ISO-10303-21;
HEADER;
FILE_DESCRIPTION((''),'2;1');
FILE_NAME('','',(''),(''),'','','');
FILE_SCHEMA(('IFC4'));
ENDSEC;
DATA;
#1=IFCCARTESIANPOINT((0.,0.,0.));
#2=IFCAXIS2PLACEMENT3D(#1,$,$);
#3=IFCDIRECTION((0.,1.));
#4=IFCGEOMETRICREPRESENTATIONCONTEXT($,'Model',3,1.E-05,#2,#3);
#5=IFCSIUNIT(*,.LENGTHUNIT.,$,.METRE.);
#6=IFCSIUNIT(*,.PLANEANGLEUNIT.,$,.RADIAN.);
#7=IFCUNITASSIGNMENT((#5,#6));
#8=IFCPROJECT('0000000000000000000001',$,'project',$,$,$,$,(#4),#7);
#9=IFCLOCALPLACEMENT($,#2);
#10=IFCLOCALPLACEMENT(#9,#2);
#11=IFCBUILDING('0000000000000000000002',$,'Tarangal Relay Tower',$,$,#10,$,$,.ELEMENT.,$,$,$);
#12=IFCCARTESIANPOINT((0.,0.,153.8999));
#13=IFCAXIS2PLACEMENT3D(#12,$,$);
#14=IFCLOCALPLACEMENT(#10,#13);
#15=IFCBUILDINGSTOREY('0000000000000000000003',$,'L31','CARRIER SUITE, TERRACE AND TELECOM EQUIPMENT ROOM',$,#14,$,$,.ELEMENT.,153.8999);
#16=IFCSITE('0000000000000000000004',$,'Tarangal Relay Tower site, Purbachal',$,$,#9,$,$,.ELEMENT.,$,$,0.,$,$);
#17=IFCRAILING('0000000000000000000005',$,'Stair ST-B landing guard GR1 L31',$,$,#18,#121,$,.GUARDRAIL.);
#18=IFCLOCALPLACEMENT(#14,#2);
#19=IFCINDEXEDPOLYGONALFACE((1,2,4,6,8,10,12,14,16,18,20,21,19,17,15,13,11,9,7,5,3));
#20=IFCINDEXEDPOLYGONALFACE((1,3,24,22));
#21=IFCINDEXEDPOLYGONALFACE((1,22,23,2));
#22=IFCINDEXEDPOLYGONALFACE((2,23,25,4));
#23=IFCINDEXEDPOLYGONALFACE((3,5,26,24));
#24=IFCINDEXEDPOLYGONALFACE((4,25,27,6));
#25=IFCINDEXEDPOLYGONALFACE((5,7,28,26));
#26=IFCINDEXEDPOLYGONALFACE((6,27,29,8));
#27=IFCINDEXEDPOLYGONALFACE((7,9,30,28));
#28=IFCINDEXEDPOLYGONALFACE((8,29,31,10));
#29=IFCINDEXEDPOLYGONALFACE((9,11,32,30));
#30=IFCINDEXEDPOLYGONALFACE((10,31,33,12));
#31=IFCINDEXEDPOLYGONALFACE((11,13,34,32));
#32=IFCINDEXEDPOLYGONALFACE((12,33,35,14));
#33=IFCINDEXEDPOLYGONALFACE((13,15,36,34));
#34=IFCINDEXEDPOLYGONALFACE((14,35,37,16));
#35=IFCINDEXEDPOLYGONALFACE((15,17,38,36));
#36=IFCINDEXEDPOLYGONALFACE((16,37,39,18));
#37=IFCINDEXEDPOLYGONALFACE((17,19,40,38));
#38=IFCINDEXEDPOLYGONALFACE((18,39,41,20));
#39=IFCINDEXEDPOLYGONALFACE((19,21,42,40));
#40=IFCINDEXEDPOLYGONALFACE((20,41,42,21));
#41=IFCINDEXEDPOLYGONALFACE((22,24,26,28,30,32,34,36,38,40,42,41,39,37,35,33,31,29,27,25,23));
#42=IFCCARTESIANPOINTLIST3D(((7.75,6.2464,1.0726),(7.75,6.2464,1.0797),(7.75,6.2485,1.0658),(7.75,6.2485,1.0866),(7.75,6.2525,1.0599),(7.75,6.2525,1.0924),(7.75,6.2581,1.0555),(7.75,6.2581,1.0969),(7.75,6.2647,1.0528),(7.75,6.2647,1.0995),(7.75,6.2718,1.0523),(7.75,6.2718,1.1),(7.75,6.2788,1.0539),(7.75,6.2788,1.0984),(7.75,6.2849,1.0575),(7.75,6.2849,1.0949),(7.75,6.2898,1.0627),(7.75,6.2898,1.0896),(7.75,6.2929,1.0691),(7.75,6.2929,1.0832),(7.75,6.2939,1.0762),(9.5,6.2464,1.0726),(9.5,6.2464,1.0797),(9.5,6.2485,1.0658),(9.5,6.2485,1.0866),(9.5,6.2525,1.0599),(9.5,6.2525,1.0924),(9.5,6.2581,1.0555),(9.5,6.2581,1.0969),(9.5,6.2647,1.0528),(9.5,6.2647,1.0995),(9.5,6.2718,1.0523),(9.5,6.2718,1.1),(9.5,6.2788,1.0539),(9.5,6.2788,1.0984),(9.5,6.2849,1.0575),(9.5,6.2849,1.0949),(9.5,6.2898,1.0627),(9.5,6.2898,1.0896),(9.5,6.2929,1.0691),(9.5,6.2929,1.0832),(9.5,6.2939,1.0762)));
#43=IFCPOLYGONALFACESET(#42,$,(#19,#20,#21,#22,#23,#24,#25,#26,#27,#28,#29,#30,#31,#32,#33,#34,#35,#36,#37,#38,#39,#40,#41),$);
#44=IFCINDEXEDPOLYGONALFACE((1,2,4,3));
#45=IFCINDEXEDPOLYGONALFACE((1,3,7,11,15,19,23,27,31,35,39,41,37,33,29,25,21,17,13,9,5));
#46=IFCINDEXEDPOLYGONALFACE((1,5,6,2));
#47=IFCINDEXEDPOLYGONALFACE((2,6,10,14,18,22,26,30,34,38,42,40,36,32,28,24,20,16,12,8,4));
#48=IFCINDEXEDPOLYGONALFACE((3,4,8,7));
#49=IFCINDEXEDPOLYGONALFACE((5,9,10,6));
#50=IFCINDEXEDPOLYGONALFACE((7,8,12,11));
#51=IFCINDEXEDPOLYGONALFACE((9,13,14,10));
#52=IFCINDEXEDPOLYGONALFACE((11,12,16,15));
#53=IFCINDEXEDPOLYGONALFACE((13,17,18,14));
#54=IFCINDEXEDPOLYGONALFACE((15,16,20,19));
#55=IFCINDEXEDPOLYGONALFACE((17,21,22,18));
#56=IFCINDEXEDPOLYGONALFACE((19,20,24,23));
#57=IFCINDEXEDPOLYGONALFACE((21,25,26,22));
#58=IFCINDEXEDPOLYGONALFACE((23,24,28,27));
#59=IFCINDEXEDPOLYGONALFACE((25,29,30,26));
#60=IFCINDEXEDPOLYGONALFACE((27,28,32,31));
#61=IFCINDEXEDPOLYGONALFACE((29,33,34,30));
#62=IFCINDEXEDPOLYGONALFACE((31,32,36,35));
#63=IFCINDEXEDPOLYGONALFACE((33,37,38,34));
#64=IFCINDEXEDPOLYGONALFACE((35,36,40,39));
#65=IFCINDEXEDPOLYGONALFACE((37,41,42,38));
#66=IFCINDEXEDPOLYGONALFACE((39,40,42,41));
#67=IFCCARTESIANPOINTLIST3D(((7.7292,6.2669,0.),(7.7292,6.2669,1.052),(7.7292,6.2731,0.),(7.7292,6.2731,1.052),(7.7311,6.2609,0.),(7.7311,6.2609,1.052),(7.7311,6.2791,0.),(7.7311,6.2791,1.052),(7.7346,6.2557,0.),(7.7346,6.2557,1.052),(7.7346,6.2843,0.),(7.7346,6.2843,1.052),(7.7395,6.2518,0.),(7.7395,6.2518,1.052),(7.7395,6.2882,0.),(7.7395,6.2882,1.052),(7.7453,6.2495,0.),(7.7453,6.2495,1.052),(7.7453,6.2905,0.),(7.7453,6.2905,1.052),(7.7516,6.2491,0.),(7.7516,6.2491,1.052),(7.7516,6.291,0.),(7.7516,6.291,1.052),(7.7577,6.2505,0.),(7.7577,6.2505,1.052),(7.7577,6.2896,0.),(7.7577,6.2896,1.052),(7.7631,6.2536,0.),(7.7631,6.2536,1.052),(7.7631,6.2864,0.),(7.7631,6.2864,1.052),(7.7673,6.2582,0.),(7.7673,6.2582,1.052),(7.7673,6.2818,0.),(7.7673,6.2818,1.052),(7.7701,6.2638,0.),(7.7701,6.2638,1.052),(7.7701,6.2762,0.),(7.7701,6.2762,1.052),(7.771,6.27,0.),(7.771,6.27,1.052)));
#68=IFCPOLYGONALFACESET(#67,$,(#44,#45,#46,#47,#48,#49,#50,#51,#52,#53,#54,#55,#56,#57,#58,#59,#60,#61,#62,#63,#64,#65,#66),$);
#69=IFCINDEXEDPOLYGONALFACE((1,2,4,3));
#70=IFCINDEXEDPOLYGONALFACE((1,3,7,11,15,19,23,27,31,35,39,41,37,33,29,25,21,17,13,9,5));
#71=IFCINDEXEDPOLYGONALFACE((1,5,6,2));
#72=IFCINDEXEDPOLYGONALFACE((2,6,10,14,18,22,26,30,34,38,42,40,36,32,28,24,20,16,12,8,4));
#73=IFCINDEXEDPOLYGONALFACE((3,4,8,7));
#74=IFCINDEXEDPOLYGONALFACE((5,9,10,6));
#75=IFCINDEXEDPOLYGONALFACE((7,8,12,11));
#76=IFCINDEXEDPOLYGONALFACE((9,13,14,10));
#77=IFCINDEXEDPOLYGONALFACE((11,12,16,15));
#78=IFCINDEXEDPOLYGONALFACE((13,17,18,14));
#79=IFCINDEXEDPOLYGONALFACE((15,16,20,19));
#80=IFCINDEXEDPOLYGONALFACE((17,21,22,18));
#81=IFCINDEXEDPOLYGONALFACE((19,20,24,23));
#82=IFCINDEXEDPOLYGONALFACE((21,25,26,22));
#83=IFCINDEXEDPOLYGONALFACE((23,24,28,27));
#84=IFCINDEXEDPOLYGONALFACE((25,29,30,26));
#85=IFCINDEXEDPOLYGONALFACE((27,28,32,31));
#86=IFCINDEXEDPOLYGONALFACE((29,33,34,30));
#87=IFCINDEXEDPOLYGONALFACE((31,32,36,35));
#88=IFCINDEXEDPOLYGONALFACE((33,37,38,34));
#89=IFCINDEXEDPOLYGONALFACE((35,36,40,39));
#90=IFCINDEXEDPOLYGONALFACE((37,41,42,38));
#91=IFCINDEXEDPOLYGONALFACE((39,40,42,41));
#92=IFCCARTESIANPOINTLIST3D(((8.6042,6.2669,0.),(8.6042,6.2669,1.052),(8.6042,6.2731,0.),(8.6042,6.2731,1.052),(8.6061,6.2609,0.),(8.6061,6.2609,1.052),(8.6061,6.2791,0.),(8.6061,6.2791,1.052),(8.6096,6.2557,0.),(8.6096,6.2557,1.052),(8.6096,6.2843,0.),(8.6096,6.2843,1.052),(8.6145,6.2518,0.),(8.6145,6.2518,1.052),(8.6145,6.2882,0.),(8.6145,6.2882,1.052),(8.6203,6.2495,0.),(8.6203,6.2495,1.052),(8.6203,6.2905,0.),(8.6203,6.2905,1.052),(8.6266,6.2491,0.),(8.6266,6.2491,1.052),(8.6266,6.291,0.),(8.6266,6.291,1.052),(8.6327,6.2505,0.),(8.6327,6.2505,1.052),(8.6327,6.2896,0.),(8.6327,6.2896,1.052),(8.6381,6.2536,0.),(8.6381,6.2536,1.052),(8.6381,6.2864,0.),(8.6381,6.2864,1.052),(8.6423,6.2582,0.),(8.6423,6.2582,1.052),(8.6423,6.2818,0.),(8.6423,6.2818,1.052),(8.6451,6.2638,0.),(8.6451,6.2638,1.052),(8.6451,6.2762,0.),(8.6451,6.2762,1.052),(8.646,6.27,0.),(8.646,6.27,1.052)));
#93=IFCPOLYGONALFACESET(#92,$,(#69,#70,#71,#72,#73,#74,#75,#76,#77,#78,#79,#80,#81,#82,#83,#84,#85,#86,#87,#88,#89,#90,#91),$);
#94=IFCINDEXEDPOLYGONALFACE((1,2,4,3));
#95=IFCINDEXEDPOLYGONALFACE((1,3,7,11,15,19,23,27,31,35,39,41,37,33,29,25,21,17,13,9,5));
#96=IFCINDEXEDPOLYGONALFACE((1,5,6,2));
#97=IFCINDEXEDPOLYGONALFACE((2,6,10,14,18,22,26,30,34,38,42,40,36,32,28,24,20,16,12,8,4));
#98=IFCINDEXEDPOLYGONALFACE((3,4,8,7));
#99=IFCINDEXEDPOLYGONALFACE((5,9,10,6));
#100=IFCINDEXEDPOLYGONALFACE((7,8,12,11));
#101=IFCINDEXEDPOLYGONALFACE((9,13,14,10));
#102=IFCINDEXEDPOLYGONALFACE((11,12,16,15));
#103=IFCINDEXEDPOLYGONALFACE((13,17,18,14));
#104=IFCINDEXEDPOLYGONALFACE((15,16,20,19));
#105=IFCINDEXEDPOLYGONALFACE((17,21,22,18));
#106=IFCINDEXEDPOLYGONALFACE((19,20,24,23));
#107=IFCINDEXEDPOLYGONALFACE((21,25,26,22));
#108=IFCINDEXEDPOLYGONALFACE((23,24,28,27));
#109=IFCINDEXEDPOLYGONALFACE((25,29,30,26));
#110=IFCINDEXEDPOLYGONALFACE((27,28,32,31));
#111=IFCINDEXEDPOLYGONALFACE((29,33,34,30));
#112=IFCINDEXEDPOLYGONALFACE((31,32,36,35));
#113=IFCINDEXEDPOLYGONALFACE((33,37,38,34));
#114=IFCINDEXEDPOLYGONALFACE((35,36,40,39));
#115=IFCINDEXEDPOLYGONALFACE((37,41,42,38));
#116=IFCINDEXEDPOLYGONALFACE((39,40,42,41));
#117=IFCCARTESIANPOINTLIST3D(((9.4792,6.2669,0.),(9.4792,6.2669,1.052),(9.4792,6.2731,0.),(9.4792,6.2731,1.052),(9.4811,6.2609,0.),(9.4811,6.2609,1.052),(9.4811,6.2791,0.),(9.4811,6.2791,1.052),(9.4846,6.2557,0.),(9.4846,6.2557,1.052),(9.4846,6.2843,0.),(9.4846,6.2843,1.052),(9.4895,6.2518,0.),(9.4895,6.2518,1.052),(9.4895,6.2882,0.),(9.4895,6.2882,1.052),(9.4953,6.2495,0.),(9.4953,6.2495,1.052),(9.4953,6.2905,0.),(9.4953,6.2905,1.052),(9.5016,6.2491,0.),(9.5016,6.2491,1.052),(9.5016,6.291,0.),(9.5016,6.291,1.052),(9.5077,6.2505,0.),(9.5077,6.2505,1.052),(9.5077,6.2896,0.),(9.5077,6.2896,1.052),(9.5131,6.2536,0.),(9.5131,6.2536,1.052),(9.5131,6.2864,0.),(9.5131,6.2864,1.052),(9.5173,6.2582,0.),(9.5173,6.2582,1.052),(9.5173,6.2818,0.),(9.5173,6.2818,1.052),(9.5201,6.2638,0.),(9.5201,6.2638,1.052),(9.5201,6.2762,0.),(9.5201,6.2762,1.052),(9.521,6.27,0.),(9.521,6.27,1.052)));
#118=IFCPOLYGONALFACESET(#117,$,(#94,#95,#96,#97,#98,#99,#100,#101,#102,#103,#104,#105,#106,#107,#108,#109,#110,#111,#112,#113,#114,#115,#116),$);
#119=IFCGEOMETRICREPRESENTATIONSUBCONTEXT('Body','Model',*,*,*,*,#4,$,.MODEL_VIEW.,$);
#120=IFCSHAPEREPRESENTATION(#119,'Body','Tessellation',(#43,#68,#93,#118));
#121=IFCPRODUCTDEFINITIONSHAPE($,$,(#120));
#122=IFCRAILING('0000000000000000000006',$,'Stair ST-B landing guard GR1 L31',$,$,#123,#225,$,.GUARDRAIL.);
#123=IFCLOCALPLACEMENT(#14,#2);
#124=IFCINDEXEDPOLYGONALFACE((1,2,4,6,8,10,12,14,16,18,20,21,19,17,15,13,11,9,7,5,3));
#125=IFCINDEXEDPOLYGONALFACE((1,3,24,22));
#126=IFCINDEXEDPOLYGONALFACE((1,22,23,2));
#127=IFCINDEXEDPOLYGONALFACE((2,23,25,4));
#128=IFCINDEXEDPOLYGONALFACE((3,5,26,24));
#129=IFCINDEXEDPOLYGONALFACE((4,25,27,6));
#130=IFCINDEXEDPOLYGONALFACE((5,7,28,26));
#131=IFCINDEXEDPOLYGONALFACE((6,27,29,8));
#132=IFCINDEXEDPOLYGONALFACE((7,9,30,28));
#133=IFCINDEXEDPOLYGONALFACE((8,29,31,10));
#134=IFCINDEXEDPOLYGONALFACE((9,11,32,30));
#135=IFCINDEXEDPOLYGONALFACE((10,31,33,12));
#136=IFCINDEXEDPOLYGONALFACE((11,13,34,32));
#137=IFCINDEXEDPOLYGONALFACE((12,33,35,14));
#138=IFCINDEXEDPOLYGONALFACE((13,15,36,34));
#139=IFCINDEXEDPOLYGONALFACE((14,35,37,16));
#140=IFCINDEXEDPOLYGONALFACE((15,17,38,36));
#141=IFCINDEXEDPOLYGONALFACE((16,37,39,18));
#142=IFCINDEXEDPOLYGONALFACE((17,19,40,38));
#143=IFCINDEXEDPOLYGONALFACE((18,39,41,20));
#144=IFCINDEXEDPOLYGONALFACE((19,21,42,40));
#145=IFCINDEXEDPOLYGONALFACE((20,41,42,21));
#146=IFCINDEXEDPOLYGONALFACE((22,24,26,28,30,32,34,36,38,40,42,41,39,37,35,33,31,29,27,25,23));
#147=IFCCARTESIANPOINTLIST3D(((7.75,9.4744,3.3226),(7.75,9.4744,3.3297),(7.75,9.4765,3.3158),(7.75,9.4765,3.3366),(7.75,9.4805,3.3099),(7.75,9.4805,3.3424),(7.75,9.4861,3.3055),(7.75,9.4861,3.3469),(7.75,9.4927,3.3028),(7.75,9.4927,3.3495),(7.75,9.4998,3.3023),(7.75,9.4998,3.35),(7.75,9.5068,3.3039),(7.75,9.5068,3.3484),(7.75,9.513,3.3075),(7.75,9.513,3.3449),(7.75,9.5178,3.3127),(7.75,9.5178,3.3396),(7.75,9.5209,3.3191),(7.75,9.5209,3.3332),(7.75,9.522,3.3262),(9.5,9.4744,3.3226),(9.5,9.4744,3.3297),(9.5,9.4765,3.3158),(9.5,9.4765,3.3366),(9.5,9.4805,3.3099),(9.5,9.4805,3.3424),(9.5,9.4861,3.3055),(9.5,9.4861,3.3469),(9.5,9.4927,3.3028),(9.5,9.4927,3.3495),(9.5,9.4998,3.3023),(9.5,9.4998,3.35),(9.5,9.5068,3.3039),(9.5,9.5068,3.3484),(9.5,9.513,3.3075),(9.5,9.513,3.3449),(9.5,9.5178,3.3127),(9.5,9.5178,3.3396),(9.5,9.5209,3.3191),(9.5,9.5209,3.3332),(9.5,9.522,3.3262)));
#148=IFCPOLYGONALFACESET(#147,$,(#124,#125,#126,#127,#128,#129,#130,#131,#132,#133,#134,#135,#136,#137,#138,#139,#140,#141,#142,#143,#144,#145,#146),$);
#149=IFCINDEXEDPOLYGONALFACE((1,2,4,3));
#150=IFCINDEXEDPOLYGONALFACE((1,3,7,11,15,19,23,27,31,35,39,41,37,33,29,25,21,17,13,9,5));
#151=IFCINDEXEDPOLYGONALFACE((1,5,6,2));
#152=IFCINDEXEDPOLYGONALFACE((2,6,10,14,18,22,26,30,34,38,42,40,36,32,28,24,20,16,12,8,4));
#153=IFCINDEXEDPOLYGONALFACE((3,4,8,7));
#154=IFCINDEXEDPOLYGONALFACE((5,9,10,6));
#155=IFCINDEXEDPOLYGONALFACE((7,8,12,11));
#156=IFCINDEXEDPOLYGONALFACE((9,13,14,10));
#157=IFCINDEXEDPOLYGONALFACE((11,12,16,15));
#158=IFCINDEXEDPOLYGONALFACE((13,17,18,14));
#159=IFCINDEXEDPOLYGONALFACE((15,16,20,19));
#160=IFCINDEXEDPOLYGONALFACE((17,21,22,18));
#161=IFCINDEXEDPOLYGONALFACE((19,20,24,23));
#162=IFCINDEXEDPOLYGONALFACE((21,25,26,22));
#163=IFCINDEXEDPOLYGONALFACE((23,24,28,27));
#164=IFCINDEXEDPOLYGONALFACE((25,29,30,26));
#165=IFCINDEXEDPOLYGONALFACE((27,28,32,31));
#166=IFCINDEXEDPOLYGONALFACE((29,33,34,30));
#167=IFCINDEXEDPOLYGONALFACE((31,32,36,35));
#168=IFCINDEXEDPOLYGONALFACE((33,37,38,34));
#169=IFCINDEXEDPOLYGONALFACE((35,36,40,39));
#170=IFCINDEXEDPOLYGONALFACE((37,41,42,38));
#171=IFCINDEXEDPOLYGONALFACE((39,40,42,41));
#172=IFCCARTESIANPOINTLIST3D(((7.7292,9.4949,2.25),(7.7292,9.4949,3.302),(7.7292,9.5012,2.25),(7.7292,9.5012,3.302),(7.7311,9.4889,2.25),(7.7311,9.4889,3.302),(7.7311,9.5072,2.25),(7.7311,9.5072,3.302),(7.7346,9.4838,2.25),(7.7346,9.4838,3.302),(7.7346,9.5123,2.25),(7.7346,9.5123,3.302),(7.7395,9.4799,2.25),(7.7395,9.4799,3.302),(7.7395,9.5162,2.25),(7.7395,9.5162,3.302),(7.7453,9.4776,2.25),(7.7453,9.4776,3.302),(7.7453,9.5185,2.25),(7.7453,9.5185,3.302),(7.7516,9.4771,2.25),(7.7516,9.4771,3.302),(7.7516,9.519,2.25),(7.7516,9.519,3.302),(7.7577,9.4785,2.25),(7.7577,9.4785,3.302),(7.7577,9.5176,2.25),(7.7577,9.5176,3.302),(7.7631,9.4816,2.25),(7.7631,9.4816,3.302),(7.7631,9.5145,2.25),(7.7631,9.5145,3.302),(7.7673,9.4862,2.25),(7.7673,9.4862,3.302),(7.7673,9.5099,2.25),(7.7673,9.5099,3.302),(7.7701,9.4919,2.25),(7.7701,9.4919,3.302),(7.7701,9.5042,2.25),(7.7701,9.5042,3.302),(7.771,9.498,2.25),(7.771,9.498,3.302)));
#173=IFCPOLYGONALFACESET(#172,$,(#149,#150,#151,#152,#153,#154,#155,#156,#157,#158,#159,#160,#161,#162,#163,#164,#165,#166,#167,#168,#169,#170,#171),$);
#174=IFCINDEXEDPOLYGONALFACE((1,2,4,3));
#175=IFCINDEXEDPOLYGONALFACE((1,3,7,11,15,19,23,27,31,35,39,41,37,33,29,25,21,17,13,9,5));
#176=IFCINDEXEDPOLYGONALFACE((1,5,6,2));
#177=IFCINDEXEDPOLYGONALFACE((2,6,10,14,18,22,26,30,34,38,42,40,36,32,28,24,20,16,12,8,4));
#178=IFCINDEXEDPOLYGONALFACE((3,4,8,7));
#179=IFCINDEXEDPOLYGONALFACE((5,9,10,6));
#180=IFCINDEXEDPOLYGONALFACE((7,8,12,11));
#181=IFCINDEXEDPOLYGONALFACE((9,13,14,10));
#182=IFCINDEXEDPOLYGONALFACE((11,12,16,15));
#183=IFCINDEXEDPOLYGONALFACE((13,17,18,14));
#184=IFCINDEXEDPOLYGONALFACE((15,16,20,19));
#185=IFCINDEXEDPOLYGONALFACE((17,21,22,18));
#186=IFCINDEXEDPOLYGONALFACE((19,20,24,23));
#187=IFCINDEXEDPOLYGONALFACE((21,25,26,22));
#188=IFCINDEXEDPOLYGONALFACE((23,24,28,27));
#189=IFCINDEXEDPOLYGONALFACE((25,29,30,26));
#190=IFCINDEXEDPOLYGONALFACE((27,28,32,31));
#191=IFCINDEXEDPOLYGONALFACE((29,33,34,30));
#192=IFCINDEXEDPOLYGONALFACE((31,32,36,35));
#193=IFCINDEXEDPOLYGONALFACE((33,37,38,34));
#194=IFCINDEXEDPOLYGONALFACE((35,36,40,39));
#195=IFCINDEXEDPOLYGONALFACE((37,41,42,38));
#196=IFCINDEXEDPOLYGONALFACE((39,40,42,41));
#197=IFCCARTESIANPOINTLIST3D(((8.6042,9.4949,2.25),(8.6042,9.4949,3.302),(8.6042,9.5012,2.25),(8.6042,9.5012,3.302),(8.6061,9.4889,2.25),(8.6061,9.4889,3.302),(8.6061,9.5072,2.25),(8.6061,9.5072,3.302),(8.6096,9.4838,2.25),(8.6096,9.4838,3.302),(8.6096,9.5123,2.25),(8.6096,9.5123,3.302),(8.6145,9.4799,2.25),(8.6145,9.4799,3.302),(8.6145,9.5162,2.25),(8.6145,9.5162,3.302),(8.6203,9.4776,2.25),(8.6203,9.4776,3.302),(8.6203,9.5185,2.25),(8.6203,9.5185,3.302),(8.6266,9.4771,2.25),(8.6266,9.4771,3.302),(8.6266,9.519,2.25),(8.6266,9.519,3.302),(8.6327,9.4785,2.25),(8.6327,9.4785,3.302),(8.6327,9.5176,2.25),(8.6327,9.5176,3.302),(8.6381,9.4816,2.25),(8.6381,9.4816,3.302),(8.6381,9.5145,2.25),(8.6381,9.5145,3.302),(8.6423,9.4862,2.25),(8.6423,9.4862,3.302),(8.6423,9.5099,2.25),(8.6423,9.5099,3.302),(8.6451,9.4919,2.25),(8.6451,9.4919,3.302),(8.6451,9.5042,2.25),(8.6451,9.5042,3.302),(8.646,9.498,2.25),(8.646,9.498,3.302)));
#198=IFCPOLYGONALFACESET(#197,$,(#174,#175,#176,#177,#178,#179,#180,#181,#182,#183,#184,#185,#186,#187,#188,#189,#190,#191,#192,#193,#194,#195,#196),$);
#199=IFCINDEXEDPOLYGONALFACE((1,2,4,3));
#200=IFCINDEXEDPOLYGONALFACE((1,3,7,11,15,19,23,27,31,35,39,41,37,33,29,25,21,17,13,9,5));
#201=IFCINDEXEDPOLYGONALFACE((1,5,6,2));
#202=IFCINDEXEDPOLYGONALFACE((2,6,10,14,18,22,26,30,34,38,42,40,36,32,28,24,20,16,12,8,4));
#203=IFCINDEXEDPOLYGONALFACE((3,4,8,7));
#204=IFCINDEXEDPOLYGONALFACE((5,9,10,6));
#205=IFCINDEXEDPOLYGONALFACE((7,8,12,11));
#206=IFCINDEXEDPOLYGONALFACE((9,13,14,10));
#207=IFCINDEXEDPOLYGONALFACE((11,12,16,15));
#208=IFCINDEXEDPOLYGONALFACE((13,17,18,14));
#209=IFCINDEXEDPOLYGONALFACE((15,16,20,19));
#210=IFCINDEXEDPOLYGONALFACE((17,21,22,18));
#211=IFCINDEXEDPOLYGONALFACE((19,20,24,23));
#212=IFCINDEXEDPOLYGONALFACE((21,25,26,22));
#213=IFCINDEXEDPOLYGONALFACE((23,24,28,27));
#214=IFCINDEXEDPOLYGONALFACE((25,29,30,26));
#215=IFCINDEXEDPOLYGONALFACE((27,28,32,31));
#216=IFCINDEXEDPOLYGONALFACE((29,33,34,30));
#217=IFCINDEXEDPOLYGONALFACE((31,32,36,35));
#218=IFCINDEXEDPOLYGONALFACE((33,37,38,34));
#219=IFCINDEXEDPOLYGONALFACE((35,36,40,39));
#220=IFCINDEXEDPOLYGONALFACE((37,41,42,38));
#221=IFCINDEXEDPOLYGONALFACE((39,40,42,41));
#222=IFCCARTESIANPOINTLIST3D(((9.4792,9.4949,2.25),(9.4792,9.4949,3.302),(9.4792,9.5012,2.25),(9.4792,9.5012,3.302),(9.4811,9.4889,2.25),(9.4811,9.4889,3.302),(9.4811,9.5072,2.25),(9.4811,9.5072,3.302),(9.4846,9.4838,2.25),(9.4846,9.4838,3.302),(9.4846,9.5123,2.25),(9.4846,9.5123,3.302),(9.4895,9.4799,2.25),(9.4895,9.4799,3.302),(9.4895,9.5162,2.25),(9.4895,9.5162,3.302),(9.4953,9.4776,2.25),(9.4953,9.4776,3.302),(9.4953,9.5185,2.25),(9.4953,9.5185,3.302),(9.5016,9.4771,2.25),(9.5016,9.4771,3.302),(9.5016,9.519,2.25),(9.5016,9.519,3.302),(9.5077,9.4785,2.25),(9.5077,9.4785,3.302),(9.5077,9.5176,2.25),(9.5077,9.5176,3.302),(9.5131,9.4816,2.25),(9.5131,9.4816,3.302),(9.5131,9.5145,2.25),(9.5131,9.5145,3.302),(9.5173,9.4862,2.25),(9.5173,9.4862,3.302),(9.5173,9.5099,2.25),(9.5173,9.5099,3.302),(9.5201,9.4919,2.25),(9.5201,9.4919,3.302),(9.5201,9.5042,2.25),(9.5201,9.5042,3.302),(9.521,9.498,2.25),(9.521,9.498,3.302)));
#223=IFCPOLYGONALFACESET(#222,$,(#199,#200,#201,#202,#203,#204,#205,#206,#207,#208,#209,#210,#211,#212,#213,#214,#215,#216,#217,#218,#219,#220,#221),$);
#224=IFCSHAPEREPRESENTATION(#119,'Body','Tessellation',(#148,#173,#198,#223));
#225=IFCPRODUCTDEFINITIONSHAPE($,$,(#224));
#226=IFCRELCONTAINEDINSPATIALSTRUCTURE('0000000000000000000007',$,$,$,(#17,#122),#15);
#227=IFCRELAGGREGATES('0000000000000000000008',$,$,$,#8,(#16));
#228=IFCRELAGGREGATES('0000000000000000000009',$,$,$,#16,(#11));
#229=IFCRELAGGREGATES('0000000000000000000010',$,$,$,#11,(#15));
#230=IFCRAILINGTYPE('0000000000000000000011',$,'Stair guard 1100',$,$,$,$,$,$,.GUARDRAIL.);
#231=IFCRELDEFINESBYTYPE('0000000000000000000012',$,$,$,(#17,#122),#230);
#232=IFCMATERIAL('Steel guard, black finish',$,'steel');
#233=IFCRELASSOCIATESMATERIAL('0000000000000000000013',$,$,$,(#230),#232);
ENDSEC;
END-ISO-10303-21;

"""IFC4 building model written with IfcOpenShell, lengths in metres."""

from ifc_helpers import new_model, si_unit, direction, frame, origin, origin_2d, place, context, subcontext, project, spatial, circle, extrude, material, type_object, element, save


model = new_model("IFC4")

# Units and contexts
model_context = context("Model", 3, precision=1e-05, world=origin(), true_north=direction((0.0, 1.0)))
body_context = subcontext(model_context, "Body", "Model", "MODEL_VIEW")
ifc_project = project(units=[si_unit("LENGTHUNIT", "METRE"), si_unit("PLANEANGLEUNIT", "RADIAN")], contexts=[model_context])

# Site, building, storey
site_placement = place(None, origin())
site = spatial("IfcSite", under=ifc_project, at=site_placement, Name="Tarangal Relay Tower site, Purbachal", CompositionType="ELEMENT", RefElevation=0.0)
building_placement = place(site_placement, origin())
building = spatial("IfcBuilding", under=site, at=building_placement, Name="Tarangal Relay Tower", CompositionType="ELEMENT")
storey_placement = place(building_placement, frame((0.0, 0.0, 153.8999)))
storey = spatial("IfcBuildingStorey", under=building, at=storey_placement, Name="L31", Description="CARRIER SUITE, TERRACE AND TELECOM EQUIPMENT ROOM", CompositionType="ELEMENT", Elevation=153.8999)

# Railings
ifc_material_1 = material(Name="Steel guard, black finish", Category="steel")
railing_type_1 = type_object("IfcRailingType", Name="Stair guard 1100", PredefinedType="GUARDRAIL", material=ifc_material_1)
for number, where, name in (
    (1, (7.75, 6.27, 0.0), "Stair ST-B landing guard GR1 L31"),
    (2, (7.75, 9.498, 2.25), "Stair ST-B landing guard GR1 L31"),
):
    element("IfcRailing", number, at=place(storey_placement, frame(where)), inside=storey, type_object=railing_type_1, Name=name, PredefinedType="GUARDRAIL", context=body_context, shape_type="SweptSolid", body=[
        extrude(circle(Radius=0.0239, at=origin_2d()), frame((0.0, 0.0, 1.0762), z_axis=(1.0, 0.0, 0.0), x_axis=(0.0, 1.0, 0.0)), (0.0, 0.0, 1.0), 1.75),
        extrude(circle(Radius=0.021, at=origin_2d()), origin(), (0.0, 0.0, 1.0), 1.052),
        extrude(circle(Radius=0.021, at=origin_2d()), frame((0.875, 0.0, 0.0)), (0.0, 0.0, 1.0), 1.052),
        extrude(circle(Radius=0.021, at=origin_2d()), frame((1.75, 0.0, 0.0)), (0.0, 0.0, 1.0), 1.052),
    ])

save(model, "model.ifc")
